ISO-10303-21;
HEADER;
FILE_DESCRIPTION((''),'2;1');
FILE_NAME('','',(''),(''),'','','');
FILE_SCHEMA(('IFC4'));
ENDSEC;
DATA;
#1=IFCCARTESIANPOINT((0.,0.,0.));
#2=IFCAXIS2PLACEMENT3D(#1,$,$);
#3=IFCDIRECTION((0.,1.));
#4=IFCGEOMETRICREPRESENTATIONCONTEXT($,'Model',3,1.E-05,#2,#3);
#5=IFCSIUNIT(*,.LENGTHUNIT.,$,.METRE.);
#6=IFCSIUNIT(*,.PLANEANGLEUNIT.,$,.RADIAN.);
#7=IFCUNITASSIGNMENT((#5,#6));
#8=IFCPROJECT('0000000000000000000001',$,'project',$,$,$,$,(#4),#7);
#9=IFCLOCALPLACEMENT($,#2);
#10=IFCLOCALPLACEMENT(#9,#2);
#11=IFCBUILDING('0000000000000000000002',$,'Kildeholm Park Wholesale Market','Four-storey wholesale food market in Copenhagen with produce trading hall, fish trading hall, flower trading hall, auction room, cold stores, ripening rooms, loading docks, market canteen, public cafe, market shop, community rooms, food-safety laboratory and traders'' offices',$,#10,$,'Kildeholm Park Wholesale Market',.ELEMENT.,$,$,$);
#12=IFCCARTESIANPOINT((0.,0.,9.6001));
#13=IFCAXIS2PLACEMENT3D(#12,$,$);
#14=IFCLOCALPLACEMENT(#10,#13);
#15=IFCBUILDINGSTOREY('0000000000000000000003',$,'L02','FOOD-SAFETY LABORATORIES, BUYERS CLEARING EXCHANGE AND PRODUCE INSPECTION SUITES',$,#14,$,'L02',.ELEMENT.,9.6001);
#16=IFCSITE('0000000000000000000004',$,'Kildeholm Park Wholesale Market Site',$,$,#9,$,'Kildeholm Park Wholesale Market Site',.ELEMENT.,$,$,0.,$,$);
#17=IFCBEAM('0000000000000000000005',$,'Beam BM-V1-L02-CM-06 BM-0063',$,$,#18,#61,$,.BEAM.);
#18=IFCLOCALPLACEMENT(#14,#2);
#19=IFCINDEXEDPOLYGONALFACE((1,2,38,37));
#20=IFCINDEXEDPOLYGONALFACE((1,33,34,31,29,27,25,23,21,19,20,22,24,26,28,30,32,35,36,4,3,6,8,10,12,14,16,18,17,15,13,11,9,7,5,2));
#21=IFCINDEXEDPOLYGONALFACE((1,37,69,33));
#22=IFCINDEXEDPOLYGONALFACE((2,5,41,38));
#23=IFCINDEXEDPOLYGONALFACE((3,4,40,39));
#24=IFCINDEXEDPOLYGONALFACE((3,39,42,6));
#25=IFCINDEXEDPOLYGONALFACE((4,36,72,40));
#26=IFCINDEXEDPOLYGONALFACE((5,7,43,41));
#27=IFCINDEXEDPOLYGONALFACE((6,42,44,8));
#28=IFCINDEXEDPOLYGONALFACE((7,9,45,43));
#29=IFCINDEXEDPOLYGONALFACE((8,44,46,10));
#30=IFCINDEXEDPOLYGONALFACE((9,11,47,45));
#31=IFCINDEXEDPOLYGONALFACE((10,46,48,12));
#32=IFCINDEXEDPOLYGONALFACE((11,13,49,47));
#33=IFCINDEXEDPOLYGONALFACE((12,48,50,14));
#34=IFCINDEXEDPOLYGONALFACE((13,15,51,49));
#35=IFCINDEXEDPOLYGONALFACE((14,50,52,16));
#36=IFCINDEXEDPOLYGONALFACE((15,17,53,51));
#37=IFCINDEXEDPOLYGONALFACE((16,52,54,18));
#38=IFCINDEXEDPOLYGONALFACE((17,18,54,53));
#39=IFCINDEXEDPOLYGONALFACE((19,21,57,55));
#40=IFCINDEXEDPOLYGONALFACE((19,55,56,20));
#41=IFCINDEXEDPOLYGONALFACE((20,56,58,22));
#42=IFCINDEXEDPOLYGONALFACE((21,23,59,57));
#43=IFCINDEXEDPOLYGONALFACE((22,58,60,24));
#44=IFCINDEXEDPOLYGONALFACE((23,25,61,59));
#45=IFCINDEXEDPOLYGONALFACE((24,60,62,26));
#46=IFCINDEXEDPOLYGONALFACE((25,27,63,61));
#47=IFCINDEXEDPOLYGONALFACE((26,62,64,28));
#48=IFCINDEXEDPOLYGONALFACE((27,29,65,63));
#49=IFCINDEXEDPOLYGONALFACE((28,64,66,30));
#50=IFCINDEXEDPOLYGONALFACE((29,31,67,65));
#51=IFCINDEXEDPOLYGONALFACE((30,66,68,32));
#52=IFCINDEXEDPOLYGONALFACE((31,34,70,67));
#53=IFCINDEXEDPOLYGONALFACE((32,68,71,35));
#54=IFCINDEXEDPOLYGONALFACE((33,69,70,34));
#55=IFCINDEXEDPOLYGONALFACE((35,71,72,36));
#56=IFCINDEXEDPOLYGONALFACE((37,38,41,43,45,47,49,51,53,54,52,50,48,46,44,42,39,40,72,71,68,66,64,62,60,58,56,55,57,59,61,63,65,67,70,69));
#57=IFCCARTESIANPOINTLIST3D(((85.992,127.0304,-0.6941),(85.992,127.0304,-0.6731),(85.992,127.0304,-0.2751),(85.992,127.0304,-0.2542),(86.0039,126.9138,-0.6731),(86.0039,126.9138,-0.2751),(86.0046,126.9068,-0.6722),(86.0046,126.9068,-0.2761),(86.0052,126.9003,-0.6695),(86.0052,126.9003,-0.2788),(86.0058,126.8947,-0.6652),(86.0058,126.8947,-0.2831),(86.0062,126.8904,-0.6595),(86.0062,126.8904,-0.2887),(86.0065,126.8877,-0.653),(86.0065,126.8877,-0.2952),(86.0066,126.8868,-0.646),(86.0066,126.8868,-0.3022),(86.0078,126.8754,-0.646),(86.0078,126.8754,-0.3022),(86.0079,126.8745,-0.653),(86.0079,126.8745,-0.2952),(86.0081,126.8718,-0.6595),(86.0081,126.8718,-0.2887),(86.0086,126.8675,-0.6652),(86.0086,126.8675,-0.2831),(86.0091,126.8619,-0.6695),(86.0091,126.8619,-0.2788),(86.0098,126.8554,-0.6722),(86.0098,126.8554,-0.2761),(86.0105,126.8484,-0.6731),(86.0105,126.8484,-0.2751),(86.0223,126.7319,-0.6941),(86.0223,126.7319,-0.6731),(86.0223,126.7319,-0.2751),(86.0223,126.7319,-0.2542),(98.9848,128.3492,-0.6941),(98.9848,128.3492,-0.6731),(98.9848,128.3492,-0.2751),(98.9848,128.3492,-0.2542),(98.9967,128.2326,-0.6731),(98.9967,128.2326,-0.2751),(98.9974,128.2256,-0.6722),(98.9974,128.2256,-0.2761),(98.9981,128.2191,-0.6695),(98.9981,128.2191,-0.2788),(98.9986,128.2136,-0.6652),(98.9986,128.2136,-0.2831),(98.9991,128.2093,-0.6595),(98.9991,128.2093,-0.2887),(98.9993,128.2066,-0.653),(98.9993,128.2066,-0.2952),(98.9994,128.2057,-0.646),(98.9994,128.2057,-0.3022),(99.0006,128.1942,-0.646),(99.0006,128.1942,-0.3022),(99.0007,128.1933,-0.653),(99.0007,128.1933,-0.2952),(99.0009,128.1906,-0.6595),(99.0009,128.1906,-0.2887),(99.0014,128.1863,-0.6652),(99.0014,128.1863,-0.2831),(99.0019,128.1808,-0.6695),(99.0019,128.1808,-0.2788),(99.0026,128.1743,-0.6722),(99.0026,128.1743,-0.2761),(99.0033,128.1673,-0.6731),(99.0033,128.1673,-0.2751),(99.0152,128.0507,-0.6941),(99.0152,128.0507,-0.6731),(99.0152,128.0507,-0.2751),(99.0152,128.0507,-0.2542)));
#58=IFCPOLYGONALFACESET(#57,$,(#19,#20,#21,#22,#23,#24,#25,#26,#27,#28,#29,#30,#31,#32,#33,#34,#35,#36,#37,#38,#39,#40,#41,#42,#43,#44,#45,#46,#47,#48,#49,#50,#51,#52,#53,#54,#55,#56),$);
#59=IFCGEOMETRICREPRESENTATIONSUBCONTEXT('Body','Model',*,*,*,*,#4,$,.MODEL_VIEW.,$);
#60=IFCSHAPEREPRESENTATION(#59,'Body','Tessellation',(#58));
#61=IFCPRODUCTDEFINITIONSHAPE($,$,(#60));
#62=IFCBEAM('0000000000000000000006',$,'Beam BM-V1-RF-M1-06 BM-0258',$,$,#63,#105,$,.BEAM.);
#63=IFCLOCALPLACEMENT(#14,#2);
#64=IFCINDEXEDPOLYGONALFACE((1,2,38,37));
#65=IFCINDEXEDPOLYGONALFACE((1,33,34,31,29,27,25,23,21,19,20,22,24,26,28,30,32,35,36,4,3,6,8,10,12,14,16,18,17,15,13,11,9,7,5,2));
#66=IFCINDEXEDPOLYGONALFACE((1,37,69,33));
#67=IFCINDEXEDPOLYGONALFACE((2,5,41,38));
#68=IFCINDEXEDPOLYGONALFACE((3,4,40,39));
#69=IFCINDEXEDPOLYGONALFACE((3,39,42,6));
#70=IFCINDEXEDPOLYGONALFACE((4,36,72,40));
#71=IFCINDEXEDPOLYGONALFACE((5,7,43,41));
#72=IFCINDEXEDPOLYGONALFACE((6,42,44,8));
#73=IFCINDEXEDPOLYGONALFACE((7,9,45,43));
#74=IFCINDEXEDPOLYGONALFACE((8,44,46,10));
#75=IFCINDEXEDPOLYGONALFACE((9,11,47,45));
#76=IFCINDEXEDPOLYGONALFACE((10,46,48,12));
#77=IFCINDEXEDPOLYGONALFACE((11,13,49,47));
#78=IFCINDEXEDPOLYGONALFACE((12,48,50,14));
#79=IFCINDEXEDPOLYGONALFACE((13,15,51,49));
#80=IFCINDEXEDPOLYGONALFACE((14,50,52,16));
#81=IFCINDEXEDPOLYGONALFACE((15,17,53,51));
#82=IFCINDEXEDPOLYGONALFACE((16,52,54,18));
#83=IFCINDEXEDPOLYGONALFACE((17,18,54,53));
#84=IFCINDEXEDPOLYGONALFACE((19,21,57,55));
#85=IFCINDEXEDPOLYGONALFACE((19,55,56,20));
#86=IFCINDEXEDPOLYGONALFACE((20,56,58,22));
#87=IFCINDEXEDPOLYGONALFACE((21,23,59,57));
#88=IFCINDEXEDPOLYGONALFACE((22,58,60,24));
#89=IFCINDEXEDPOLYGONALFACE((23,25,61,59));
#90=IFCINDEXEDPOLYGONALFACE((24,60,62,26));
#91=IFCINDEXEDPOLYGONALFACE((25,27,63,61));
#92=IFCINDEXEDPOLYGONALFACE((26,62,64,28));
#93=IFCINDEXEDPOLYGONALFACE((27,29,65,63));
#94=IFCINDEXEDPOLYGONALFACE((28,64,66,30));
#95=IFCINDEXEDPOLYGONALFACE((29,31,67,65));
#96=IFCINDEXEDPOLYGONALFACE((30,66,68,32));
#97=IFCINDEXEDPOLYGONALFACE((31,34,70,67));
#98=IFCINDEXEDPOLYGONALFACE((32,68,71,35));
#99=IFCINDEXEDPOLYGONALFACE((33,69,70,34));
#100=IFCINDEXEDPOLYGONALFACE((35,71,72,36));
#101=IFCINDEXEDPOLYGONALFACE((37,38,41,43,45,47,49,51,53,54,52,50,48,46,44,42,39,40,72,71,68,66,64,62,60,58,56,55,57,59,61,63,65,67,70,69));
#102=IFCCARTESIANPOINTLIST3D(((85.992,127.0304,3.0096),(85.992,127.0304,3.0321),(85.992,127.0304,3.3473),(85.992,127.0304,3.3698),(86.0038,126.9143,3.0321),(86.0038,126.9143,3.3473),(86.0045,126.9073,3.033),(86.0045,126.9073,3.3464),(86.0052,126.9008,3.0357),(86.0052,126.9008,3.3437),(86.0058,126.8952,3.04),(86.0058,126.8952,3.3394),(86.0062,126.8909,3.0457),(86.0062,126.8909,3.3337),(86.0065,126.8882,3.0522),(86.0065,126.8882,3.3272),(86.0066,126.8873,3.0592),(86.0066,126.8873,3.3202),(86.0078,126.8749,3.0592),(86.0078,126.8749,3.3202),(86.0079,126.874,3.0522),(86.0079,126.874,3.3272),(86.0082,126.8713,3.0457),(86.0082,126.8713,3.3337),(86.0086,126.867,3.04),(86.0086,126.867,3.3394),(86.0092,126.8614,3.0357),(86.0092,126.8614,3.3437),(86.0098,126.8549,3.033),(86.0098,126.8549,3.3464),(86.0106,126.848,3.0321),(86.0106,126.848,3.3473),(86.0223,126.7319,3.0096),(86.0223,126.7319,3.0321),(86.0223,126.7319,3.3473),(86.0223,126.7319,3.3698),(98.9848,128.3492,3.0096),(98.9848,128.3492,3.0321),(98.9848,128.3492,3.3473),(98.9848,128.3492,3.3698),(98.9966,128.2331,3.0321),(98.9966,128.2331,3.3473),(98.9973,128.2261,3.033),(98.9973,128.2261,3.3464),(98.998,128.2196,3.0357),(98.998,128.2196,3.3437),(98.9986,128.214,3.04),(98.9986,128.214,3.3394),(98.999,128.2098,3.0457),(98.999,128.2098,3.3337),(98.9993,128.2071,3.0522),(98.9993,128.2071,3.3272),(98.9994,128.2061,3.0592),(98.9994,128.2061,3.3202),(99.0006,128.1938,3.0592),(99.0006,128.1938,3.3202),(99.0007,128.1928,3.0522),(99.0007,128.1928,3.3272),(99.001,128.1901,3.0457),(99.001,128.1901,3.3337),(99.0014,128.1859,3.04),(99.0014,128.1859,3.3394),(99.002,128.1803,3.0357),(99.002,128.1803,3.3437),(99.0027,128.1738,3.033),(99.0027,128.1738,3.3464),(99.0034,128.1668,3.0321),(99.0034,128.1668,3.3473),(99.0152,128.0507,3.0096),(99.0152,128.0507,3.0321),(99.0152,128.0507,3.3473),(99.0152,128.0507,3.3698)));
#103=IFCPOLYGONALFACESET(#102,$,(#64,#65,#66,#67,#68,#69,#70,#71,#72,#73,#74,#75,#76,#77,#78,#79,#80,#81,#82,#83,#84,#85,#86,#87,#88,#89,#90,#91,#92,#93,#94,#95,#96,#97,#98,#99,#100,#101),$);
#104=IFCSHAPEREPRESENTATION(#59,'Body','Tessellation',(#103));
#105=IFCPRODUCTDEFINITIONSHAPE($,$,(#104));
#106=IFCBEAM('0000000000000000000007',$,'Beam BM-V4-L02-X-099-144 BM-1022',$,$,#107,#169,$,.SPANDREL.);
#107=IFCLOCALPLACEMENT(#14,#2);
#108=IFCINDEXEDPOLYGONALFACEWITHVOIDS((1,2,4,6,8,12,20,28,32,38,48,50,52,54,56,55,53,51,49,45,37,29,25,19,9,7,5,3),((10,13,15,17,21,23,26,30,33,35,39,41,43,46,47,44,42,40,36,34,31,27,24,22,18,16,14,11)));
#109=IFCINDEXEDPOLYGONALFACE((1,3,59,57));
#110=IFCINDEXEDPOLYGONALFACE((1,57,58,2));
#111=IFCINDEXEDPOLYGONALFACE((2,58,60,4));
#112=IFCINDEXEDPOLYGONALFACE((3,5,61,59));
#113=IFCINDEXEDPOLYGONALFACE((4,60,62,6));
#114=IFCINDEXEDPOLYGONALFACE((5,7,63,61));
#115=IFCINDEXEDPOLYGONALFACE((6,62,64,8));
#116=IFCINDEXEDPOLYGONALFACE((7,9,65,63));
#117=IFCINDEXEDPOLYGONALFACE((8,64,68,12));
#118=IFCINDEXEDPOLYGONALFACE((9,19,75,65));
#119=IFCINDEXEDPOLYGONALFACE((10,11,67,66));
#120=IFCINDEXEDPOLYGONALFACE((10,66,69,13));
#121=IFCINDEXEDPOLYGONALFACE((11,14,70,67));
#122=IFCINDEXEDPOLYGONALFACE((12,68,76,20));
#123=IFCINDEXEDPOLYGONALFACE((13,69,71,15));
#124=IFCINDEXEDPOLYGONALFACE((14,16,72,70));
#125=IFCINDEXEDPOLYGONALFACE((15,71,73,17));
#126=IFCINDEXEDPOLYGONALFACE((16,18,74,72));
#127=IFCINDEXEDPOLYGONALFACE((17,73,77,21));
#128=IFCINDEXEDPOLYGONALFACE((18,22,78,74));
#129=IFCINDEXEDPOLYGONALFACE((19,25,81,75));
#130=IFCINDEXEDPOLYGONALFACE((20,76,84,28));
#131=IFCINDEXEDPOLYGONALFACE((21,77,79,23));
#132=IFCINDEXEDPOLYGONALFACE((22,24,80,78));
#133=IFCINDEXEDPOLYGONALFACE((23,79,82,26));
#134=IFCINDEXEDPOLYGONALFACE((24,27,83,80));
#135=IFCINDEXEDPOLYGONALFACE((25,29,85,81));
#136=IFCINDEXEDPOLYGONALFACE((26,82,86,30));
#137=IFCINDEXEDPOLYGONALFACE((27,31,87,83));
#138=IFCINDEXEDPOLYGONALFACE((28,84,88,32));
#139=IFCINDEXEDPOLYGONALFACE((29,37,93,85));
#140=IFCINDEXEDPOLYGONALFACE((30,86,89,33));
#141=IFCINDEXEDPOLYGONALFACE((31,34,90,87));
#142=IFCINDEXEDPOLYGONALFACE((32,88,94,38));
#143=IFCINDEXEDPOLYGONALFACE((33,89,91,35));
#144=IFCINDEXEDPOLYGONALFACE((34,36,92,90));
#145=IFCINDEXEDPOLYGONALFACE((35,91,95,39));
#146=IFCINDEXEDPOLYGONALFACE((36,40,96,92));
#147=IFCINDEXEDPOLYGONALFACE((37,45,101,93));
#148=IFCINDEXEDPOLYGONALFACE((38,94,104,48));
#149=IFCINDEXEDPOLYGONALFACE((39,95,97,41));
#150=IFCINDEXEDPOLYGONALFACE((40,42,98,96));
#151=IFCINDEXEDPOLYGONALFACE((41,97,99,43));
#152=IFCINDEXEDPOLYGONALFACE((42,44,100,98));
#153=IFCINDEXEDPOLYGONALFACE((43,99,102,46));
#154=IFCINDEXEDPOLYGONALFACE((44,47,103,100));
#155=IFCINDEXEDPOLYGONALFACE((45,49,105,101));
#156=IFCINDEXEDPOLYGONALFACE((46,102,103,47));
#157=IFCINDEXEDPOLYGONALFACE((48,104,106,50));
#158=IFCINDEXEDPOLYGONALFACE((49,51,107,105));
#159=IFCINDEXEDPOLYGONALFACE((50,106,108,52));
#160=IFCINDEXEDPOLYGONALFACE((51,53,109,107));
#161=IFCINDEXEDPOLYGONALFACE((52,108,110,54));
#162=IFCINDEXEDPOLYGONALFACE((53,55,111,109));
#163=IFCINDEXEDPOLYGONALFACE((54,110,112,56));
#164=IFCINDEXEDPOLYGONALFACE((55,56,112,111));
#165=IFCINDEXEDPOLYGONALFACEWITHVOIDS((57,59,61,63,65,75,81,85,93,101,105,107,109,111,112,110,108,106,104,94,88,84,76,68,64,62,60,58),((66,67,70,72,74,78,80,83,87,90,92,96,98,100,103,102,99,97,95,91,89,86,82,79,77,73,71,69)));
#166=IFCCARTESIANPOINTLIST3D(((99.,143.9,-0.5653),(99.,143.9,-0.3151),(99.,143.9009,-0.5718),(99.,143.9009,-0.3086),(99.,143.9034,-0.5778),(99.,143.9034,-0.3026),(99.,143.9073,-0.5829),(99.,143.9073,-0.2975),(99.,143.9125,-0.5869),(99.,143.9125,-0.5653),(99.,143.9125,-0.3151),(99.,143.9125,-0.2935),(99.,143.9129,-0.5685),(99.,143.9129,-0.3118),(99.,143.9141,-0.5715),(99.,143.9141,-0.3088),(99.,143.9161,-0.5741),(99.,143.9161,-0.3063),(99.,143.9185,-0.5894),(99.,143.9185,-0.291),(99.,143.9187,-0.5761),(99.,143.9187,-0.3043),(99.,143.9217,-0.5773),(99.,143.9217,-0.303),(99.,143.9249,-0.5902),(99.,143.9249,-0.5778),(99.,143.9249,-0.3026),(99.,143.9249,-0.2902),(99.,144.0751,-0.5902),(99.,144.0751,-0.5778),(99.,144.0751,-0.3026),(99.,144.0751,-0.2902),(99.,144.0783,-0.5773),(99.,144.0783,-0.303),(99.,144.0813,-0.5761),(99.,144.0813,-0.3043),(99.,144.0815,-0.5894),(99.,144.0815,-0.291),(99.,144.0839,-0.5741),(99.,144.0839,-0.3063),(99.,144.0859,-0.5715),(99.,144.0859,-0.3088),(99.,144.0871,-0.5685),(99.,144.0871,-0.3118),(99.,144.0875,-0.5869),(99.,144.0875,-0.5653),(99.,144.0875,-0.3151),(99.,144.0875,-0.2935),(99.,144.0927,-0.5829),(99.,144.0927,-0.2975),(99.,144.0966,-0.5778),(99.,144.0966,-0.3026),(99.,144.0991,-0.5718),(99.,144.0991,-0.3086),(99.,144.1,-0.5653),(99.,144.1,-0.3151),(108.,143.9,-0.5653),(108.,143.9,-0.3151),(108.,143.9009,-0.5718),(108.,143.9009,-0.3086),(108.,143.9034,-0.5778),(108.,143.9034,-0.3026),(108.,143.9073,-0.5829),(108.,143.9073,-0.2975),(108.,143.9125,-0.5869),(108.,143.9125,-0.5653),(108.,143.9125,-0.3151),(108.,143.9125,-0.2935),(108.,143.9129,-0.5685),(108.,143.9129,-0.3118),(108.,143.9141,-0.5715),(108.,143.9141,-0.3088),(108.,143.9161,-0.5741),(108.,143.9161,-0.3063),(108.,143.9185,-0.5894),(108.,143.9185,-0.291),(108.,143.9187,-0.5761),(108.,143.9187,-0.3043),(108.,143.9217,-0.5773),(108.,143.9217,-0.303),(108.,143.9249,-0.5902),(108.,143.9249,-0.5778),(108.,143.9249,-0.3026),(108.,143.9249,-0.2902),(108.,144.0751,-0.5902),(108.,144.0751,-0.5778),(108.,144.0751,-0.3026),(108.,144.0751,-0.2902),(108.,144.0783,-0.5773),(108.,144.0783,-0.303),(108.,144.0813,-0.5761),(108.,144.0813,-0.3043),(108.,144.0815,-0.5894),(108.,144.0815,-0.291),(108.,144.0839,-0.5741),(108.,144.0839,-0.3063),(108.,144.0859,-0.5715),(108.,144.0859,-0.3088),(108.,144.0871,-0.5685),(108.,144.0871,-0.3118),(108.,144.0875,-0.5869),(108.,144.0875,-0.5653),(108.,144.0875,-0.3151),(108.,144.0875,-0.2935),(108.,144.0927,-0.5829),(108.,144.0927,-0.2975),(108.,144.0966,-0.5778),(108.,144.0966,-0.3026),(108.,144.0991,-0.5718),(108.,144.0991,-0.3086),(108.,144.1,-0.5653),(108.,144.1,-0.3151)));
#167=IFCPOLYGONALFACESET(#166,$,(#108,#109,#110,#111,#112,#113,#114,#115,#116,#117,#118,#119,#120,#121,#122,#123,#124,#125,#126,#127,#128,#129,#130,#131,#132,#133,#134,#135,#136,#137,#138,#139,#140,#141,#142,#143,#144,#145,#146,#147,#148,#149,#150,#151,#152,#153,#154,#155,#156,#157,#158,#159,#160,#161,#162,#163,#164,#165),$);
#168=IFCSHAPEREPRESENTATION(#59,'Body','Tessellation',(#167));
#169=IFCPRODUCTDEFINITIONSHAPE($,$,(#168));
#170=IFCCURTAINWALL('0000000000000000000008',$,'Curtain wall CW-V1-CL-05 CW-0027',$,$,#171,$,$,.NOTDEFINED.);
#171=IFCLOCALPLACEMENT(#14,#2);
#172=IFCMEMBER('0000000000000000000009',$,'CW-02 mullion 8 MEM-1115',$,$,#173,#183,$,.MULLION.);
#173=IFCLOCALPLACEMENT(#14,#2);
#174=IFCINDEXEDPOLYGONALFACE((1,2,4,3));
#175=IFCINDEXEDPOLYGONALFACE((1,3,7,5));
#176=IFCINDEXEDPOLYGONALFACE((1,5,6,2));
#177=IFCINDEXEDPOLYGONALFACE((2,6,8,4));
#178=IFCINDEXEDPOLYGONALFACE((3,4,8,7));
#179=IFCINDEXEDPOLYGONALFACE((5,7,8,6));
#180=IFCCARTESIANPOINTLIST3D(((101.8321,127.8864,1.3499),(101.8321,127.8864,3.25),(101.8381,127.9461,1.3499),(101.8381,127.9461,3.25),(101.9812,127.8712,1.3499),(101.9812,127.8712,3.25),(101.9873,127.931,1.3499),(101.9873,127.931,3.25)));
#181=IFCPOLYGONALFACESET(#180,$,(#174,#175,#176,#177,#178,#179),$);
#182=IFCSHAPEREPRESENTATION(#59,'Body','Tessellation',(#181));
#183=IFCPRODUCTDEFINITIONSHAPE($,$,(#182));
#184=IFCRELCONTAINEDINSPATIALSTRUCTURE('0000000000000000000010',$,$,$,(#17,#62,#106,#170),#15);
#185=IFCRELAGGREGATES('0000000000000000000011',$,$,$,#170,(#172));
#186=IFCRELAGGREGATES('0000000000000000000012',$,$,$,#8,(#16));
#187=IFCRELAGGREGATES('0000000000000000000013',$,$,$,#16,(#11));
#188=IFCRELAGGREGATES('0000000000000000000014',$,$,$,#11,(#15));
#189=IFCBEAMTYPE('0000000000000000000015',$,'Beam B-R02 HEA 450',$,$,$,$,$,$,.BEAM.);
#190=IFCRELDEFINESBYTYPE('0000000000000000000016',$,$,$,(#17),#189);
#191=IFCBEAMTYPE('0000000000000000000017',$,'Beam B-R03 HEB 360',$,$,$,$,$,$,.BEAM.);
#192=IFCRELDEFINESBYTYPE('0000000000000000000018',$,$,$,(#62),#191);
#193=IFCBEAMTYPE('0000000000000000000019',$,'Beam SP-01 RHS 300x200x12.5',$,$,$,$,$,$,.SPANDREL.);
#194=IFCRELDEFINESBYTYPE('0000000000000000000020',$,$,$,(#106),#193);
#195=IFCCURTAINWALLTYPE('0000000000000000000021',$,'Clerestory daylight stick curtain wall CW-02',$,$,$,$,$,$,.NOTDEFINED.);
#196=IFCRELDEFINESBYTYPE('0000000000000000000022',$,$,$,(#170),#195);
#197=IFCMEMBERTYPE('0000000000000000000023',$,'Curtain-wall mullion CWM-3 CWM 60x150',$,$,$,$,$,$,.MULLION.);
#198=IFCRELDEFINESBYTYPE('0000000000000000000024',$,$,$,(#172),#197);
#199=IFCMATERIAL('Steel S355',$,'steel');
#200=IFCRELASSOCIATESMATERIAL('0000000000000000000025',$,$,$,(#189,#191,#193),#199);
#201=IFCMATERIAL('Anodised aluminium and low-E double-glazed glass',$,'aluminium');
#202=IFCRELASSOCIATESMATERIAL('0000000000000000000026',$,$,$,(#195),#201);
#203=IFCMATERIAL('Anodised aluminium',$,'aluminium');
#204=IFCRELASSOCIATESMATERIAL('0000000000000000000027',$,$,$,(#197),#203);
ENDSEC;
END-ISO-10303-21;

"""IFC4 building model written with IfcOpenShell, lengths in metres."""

from ifc_helpers import new_model, si_unit, direction, frame, origin, origin_2d, place, context, subcontext, project, spatial, rectangle, hollow_rectangle, i_section, extrude, material, material_profile, profile_set, type_object, element, aggregate, save


model = new_model("IFC4")

# Units and contexts
model_context = context("Model", 3, precision=1e-05, world=origin(), true_north=direction((0.0, 1.0)))
body_context = subcontext(model_context, "Body", "Model", "MODEL_VIEW")
ifc_project = project(units=[si_unit("LENGTHUNIT", "METRE"), si_unit("PLANEANGLEUNIT", "RADIAN")], contexts=[model_context])

# Site, building, storey
site_placement = place(None, origin())
site = spatial("IfcSite", under=ifc_project, at=site_placement, Name="Kildeholm Park Wholesale Market Site", LongName="Kildeholm Park Wholesale Market Site", CompositionType="ELEMENT", RefElevation=0.0)
building_placement = place(site_placement, origin())
building = spatial("IfcBuilding", under=site, at=building_placement, Name="Kildeholm Park Wholesale Market", Description="Four-storey wholesale food market in Copenhagen with produce trading hall, fish trading hall, flower trading hall, auction room, cold stores, ripening rooms, loading docks, market canteen, public cafe, market shop, community rooms, food-safety laboratory and traders' offices", LongName="Kildeholm Park Wholesale Market", CompositionType="ELEMENT")
storey_placement = place(building_placement, frame((0.0, 0.0, 9.6001)))
storey = spatial("IfcBuildingStorey", under=building, at=storey_placement, Name="L02", Description="FOOD-SAFETY LABORATORIES, BUYERS CLEARING EXCHANGE AND PRODUCE INSPECTION SUITES", LongName="L02", CompositionType="ELEMENT", Elevation=9.6001)

# Shared definitions
ifc_material_1 = material(Name="Steel S355", Category="steel")

# Beams
ifc_material_profile_1 = material_profile(ifc_material_1, i_section(OverallWidth=0.3, OverallDepth=0.4399, WebThickness=0.0115, FlangeThickness=0.021, FilletRadius=0.0271, at=origin_2d()), Name="HEA 450")
ifc_profile_set_1 = profile_set([ifc_material_profile_1], Name="Steel S355")
beam_type_1 = type_object("IfcBeamType", Name="Beam B-R02 HEA 450", PredefinedType="BEAM", material=ifc_profile_set_1)
beam_1_placement = place(storey_placement, frame((99.0, 128.2, -0.4741), z_axis=(-0.994888, -0.100986, 0.0), x_axis=(0.100986, -0.994888, 0.0)))
element("IfcBeam", 1, at=beam_1_placement, inside=storey, type_object=beam_type_1, Name="Beam BM-V1-L02-CM-06 BM-0063", PredefinedType="BEAM", context=body_context, shape_type="SweptSolid", body=[
    extrude(i_section(OverallWidth=0.3, OverallDepth=0.4399, WebThickness=0.0115, FlangeThickness=0.021, FilletRadius=0.0271, at=origin_2d()), origin(), (0.0, 0.0, 1.0), 13.0596),
])
ifc_material_profile_2 = material_profile(ifc_material_1, i_section(OverallWidth=0.3, OverallDepth=0.3601, WebThickness=0.0125, FlangeThickness=0.0225, FilletRadius=0.0271, at=origin_2d()), Name="HEB 360")
ifc_profile_set_2 = profile_set([ifc_material_profile_2], Name="Steel S355")
beam_type_2 = type_object("IfcBeamType", Name="Beam B-R03 HEB 360", PredefinedType="BEAM", material=ifc_profile_set_2)
beam_2_placement = place(storey_placement, frame((99.0, 128.2, 3.1897), z_axis=(-0.994888, -0.100986, 0.0), x_axis=(0.100986, -0.994888, 0.0)))
element("IfcBeam", 2, at=beam_2_placement, inside=storey, type_object=beam_type_2, Name="Beam BM-V1-RF-M1-06 BM-0258", PredefinedType="BEAM", context=body_context, shape_type="SweptSolid", body=[
    extrude(i_section(OverallWidth=0.3, OverallDepth=0.3601, WebThickness=0.0125, FlangeThickness=0.0225, FilletRadius=0.0271, at=origin_2d()), origin(), (0.0, 0.0, 1.0), 13.0596),
])
ifc_material_profile_3 = material_profile(ifc_material_1, hollow_rectangle(XDim=0.2, YDim=0.3, WallThickness=0.0125, InnerFilletRadius=0.0125, OuterFilletRadius=0.0249, at=origin_2d()), Name="RHS 300x200x12.5")
ifc_profile_set_3 = profile_set([ifc_material_profile_3], Name="Steel S355")
beam_type_3 = type_object("IfcBeamType", Name="Beam SP-01 RHS 300x200x12.5", PredefinedType="SPANDREL", material=ifc_profile_set_3)
beam_3_placement = place(storey_placement, frame((99.0, 144.0, -0.4402), z_axis=(1.0, 0.0, 0.0), x_axis=(0.0, 1.0, 0.0)))
element("IfcBeam", 3, at=beam_3_placement, inside=storey, type_object=beam_type_3, Name="Beam BM-V4-L02-X-099-144 BM-1022", PredefinedType="SPANDREL", context=body_context, shape_type="SweptSolid", body=[
    extrude(hollow_rectangle(XDim=0.2, YDim=0.3, WallThickness=0.0125, InnerFilletRadius=0.0125, OuterFilletRadius=0.0249, at=origin_2d()), origin(), (0.0, 0.0, 1.0), 9.0),
])

# Curtain wall, member
ifc_material_2 = material(Name="Anodised aluminium and low-E double-glazed glass", Category="aluminium")
curtain_wall_type = type_object("IfcCurtainWallType", Name="Clerestory daylight stick curtain wall CW-02", PredefinedType="NOTDEFINED", material=ifc_material_2)
curtain_wall_1_placement = place(storey_placement, origin())
curtain_wall_1 = element("IfcCurtainWall", 4, at=curtain_wall_1_placement, inside=storey, type_object=curtain_wall_type, Name="Curtain wall CW-V1-CL-05 CW-0027", PredefinedType="NOTDEFINED")
ifc_material_3 = material(Name="Anodised aluminium", Category="aluminium")
ifc_material_profile_4 = material_profile(ifc_material_3, rectangle(XDim=0.0601, YDim=0.1499, at=origin_2d()), Name="CWM 60x150")
ifc_profile_set_4 = profile_set([ifc_material_profile_4], Name="Anodised aluminium")
member_type_1 = type_object("IfcMemberType", Name="Curtain-wall mullion CWM-3 CWM 60x150", PredefinedType="MULLION", material=ifc_profile_set_4)
member_1_placement = place(storey_placement, frame((101.9097, 127.9087, 1.3499), z_axis=(0.0, 0.0, 1.0), x_axis=(-0.100999, -0.994887, 0.0)))
member_1 = element("IfcMember", 5, at=member_1_placement, type_object=member_type_1, Name="CW-02 mullion 8 MEM-1115", PredefinedType="MULLION", context=body_context, shape_type="SweptSolid", body=[
    extrude(rectangle(XDim=0.0601, YDim=0.1499, at=origin_2d()), origin(), (0.0, 0.0, 1.0), 1.9001),
])

aggregate(curtain_wall_1, [member_1])

save(model, "model.ifc")
